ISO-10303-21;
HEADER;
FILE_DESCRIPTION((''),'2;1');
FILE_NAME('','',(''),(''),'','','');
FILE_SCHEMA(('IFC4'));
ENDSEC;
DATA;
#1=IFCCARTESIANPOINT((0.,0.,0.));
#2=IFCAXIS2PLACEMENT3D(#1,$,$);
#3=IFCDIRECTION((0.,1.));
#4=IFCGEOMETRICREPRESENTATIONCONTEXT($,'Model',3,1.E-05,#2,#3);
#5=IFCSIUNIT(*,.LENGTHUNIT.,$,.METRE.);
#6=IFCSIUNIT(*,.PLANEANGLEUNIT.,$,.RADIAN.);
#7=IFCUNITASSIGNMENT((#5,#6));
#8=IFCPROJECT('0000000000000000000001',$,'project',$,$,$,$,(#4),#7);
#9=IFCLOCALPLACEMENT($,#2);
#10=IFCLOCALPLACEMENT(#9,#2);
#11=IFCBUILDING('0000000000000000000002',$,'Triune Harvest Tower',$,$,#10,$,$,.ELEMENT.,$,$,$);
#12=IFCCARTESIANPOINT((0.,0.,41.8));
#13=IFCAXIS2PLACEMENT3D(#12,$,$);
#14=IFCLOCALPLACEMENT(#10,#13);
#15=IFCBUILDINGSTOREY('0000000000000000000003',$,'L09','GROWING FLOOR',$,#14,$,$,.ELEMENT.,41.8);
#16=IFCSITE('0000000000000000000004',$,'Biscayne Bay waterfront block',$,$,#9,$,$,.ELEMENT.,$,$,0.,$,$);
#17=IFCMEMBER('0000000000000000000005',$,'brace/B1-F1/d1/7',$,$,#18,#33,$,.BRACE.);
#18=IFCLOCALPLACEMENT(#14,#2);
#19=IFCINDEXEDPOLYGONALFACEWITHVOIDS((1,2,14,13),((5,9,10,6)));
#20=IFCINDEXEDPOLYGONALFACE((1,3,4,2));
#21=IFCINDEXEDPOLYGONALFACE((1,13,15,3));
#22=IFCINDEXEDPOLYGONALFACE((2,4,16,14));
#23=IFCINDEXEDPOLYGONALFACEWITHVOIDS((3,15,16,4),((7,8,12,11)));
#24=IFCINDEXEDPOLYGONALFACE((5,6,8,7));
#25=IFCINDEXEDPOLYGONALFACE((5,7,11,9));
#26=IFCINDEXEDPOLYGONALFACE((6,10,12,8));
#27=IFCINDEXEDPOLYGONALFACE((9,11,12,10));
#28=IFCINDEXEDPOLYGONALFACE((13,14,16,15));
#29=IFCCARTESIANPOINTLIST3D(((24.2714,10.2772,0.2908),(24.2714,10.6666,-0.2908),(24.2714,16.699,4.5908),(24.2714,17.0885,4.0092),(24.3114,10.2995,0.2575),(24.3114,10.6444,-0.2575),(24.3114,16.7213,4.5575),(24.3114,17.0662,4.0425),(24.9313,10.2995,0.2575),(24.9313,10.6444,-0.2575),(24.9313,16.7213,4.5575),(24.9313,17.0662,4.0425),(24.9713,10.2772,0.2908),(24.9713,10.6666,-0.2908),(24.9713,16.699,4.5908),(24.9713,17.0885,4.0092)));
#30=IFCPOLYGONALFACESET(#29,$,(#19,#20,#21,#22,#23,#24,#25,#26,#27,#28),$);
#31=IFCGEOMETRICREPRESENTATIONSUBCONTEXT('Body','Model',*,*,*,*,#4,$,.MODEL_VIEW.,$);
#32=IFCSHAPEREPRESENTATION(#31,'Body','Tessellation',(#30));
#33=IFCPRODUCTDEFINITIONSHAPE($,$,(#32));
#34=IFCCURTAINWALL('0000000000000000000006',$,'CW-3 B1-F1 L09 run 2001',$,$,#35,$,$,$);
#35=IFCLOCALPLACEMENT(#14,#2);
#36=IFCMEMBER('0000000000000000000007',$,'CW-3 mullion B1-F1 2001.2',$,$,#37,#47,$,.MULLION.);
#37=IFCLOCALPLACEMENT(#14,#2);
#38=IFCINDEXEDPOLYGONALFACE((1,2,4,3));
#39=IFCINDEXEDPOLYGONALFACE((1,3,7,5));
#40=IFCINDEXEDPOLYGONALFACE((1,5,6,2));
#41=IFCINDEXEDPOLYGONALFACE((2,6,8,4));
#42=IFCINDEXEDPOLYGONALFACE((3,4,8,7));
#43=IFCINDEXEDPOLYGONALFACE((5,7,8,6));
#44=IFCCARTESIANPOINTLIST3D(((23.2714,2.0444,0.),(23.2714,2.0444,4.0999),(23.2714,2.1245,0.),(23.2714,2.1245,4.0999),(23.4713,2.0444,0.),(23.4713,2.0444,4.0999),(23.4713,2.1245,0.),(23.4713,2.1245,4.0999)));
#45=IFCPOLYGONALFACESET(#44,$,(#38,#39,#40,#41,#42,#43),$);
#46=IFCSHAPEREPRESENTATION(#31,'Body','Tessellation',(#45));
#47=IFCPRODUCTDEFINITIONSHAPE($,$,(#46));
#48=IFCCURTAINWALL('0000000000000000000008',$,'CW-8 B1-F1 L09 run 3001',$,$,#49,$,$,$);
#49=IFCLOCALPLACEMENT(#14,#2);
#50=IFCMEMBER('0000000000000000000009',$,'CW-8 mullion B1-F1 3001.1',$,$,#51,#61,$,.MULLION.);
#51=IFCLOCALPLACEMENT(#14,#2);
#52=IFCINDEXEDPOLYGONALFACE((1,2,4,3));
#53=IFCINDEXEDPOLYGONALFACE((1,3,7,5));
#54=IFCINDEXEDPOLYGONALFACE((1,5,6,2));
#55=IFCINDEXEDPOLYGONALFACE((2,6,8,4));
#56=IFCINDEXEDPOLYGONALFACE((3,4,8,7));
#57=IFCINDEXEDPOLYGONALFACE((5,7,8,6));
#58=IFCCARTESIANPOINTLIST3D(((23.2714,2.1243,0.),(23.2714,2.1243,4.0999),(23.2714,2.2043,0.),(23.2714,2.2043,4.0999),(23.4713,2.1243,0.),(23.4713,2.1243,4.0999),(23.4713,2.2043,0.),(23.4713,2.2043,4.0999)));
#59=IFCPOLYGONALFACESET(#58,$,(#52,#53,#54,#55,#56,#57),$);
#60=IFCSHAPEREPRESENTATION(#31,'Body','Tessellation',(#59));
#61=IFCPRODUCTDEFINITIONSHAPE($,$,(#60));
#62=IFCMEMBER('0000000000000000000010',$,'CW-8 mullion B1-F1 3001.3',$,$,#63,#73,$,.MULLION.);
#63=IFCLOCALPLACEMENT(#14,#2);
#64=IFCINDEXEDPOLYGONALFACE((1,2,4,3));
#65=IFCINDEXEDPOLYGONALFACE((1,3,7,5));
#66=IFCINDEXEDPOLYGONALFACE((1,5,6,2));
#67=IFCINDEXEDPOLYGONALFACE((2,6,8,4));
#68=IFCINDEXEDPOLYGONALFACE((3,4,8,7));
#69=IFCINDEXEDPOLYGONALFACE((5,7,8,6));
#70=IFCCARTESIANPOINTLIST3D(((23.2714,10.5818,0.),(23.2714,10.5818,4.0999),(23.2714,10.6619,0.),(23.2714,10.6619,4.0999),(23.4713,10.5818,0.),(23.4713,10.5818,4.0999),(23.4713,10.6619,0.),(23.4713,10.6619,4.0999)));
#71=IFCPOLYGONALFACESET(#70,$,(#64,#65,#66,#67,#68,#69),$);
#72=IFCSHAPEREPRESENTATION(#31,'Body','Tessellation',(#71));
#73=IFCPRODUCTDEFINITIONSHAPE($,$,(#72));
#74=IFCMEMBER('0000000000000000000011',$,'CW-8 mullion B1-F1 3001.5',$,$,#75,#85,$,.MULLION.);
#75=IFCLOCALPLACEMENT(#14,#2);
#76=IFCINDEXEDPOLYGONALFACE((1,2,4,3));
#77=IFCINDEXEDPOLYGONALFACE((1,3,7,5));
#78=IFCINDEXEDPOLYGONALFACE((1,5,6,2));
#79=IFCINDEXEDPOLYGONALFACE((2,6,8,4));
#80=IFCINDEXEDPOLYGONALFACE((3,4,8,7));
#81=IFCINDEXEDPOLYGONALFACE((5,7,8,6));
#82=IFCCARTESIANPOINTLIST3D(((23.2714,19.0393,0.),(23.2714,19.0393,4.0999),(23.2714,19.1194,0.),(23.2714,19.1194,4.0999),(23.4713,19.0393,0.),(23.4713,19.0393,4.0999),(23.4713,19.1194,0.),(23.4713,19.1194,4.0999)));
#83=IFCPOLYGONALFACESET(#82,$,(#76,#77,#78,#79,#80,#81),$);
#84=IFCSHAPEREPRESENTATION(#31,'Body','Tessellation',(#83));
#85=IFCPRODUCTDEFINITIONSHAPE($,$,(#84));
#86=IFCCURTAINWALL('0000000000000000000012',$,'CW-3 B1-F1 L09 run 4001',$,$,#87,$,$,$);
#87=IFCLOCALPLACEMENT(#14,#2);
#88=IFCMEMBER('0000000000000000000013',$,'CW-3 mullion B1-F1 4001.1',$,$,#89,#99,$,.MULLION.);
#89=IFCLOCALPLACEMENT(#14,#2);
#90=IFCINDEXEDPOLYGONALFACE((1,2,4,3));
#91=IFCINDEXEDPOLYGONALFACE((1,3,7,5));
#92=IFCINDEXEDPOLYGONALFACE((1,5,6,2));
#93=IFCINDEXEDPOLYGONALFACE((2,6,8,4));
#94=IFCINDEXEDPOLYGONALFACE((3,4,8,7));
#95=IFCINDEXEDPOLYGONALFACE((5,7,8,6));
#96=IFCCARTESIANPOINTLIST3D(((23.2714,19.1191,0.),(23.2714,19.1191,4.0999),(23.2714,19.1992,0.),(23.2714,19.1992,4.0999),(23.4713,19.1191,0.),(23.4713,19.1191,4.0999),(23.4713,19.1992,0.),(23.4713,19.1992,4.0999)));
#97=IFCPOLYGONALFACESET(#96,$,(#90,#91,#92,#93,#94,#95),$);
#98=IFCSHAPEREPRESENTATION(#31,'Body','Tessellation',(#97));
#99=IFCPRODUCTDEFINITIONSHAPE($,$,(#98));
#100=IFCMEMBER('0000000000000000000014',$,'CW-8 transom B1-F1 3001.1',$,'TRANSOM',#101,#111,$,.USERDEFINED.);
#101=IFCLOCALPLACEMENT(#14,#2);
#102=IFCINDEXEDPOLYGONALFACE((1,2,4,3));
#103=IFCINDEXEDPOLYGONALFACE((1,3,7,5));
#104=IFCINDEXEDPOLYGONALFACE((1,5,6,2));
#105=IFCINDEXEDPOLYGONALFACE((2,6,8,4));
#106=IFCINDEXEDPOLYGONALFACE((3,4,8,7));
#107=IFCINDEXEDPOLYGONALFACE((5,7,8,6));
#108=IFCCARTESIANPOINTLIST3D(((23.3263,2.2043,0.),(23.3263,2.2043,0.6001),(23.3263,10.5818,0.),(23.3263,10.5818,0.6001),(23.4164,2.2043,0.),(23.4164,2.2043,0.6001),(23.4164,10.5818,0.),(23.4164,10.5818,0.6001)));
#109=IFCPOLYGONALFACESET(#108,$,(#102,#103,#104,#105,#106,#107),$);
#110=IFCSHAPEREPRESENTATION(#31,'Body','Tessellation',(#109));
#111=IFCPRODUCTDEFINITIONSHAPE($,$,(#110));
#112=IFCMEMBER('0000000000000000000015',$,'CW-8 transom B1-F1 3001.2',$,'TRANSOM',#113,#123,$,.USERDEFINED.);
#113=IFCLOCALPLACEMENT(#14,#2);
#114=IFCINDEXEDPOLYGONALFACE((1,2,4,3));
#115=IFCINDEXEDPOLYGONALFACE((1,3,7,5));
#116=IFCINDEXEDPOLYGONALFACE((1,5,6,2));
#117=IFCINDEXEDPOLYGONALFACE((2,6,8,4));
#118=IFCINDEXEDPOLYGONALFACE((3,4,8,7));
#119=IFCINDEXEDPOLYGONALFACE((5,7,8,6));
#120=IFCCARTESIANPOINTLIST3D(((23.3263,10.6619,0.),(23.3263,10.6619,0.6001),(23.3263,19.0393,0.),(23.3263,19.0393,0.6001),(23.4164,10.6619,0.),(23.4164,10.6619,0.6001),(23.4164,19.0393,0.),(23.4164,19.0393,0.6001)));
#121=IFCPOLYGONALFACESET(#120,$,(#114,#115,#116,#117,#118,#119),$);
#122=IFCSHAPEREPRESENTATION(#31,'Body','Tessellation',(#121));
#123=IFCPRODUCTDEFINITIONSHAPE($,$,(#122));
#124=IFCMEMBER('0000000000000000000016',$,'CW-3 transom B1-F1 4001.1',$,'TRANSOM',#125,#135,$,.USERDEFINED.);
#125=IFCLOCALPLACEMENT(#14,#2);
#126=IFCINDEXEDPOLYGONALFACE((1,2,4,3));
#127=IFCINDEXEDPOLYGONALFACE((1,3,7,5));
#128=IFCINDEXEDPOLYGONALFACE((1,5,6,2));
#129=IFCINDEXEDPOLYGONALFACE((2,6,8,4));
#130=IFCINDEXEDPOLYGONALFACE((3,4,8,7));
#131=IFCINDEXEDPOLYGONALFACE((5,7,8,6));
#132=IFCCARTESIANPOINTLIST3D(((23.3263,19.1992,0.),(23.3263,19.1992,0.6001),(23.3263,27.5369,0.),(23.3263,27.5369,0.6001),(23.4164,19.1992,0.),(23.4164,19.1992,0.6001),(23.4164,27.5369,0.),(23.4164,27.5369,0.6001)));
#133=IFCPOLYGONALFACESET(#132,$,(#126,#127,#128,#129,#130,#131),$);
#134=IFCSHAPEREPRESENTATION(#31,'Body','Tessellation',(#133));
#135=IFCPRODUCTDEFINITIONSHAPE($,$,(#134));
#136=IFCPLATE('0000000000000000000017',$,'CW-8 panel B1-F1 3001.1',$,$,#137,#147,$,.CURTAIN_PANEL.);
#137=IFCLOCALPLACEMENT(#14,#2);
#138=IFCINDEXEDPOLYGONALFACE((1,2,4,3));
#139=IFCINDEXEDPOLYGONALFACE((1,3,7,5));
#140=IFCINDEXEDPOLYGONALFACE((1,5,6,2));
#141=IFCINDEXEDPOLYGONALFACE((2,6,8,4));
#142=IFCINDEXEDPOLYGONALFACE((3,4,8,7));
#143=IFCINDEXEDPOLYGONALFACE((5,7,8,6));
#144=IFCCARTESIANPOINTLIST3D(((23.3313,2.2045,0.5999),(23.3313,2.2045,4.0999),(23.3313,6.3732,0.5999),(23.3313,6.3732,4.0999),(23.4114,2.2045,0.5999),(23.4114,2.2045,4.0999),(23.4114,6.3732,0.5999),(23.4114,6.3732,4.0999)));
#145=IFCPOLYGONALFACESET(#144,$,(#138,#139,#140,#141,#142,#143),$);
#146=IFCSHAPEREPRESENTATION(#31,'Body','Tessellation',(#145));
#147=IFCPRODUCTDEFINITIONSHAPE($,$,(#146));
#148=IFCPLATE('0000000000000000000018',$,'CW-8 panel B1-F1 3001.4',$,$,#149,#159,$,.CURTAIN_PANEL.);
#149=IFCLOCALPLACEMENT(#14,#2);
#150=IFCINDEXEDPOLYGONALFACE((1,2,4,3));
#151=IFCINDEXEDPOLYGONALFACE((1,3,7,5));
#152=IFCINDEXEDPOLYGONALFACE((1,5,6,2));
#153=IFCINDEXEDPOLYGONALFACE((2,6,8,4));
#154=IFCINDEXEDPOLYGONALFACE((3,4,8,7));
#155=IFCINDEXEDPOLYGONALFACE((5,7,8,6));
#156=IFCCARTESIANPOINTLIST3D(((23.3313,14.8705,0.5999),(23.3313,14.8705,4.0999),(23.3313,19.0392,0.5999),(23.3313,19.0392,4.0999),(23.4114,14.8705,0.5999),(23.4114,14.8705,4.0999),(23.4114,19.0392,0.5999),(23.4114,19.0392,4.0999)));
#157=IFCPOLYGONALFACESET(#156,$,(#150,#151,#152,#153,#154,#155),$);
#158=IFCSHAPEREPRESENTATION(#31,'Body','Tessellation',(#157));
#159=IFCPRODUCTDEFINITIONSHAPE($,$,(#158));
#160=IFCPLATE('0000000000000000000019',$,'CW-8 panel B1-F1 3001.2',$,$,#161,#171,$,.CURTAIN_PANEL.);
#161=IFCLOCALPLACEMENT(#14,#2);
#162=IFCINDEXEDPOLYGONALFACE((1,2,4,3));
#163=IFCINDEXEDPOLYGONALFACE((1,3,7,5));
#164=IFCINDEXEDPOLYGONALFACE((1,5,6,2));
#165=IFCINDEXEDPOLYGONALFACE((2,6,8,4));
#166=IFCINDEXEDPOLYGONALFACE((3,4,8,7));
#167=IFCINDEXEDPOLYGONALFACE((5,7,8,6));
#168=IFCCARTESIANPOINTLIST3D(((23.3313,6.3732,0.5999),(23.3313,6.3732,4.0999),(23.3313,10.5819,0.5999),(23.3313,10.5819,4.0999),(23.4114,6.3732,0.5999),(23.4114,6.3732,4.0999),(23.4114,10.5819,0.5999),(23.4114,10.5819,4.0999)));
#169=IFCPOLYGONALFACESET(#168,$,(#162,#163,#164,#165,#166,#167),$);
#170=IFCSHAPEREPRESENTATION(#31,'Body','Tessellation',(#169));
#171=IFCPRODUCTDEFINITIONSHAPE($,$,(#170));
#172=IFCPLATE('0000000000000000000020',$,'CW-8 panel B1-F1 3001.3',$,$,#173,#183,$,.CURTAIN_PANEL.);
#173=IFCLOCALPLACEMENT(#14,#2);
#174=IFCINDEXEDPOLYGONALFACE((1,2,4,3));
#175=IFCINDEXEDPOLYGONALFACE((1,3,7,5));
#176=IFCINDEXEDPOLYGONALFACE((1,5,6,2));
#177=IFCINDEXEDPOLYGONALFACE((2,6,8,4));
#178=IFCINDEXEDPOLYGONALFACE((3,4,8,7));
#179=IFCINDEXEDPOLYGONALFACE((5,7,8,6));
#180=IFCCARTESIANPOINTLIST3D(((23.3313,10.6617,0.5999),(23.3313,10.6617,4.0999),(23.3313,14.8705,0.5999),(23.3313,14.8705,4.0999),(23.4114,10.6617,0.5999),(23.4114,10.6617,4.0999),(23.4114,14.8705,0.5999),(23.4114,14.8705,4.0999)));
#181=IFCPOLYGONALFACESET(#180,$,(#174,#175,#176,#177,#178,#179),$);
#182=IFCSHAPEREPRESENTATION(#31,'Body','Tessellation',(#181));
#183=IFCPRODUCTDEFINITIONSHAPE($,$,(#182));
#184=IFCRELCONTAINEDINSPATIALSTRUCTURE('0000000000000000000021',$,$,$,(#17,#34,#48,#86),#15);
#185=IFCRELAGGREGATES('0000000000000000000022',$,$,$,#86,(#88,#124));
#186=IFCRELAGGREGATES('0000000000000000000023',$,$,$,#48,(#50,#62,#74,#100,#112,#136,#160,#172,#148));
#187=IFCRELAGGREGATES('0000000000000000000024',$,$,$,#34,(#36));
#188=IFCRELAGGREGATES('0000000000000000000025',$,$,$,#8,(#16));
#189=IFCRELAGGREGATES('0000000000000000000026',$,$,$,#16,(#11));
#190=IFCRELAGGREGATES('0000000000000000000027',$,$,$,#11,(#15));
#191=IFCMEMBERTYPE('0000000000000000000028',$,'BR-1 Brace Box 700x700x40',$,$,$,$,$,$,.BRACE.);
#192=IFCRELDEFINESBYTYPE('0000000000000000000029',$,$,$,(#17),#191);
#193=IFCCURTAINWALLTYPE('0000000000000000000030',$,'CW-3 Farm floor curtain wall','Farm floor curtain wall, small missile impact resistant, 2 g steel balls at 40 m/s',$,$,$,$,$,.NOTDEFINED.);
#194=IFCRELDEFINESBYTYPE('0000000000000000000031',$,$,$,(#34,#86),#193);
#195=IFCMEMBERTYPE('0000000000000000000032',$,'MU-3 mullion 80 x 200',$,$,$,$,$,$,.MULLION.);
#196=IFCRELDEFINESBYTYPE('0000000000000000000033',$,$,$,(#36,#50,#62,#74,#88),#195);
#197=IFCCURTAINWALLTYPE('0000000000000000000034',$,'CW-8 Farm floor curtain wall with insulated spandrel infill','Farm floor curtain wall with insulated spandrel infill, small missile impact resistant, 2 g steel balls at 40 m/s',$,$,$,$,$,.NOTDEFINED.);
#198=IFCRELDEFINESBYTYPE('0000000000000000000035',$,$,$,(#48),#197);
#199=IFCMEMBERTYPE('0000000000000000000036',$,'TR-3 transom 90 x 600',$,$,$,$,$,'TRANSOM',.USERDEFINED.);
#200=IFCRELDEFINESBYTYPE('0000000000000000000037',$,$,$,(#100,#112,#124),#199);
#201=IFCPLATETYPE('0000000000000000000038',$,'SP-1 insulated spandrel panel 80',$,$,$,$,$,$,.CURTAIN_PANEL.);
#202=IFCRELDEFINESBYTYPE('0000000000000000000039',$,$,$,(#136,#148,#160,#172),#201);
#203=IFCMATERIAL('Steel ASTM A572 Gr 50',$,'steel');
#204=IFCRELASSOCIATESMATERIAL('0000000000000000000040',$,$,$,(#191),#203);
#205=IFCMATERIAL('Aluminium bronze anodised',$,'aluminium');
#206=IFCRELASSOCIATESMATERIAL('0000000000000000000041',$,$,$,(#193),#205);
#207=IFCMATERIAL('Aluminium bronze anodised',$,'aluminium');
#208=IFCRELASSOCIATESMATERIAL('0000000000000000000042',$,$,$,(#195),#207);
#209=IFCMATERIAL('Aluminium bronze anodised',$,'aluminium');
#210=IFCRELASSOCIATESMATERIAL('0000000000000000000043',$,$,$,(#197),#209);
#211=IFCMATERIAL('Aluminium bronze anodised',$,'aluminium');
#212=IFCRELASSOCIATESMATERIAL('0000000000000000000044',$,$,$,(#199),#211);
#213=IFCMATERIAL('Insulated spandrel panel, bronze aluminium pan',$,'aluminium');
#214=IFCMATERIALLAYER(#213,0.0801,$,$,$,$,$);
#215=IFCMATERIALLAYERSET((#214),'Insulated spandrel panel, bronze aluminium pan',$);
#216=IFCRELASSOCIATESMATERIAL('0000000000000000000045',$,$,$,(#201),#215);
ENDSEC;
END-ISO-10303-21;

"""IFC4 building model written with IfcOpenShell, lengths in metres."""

from ifc_helpers import new_model, si_unit, direction, frame, origin, origin_2d, place, context, subcontext, project, spatial, rectangle, hollow_rectangle, extrude, source, transform, mapped, material, layer, layer_set, material_profile, profile_set, type_object, element, aggregate, save


model = new_model("IFC4")

# Units and contexts
model_context = context("Model", 3, precision=1e-05, world=origin(), true_north=direction((0.0, 1.0)))
body_context = subcontext(model_context, "Body", "Model", "MODEL_VIEW")
ifc_project = project(units=[si_unit("LENGTHUNIT", "METRE"), si_unit("PLANEANGLEUNIT", "RADIAN")], contexts=[model_context])

# Site, building, storey
site_placement = place(None, origin())
site = spatial("IfcSite", under=ifc_project, at=site_placement, Name="Biscayne Bay waterfront block", CompositionType="ELEMENT", RefElevation=0.0)
building_placement = place(site_placement, origin())
building = spatial("IfcBuilding", under=site, at=building_placement, Name="Triune Harvest Tower", CompositionType="ELEMENT")
storey_placement = place(building_placement, frame((0.0, 0.0, 41.8)))
storey = spatial("IfcBuildingStorey", under=building, at=storey_placement, Name="L09", Description="GROWING FLOOR", CompositionType="ELEMENT", Elevation=41.8)

# Member
ifc_material_1 = material(Name="Steel ASTM A572 Gr 50", Category="steel")
ifc_material_profile_1 = material_profile(ifc_material_1, hollow_rectangle(XDim=0.7, YDim=0.7, WallThickness=0.04, at=origin_2d()), Name="Box 700x700x40")
ifc_profile_set_1 = profile_set([ifc_material_profile_1], Name="Steel ASTM A572 Gr 50")
member_type_1 = type_object("IfcMemberType", Name="BR-1 Brace Box 700x700x40", PredefinedType="BRACE", material=ifc_profile_set_1)
shared_shape_1 = source(origin(), body_context, "Body", "SweptSolid", [
    extrude(hollow_rectangle(XDim=0.7, YDim=0.7, WallThickness=0.04, at=origin_2d()), origin(), (0.0, 0.0, 1.0), 7.7285),
])
member_1_placement = place(storey_placement, frame((24.6213, 10.4719, 0.0), z_axis=(0.0, 0.830926, 0.556383), x_axis=(-1.0, 0.0, 0.0)))
element("IfcMember", 1, at=member_1_placement, inside=storey, type_object=member_type_1, Name="brace/B1-F1/d1/7", PredefinedType="BRACE", context=body_context, shape_type="MappedRepresentation", body=[
    mapped(shared_shape_1, transform((0.0, 0.0, 0.0), scale=1.0)),
])

# Curtain wall, member
ifc_material_2 = material(Name="Aluminium bronze anodised", Category="aluminium")
curtain_wall_type_1 = type_object("IfcCurtainWallType", Name="CW-3 Farm floor curtain wall", Description="Farm floor curtain wall, small missile impact resistant, 2 g steel balls at 40 m/s", PredefinedType="NOTDEFINED", material=ifc_material_2)
curtain_wall_1_placement = place(storey_placement, origin())
curtain_wall_1 = element("IfcCurtainWall", 2, at=curtain_wall_1_placement, inside=storey, type_object=curtain_wall_type_1, Name="CW-3 B1-F1 L09 run 2001")
ifc_material_3 = material(Name="Aluminium bronze anodised", Category="aluminium")
ifc_material_profile_2 = material_profile(ifc_material_3, rectangle(XDim=0.2, YDim=0.0801, at=origin_2d()), Name="MU-3 mullion 80 x 200")
ifc_profile_set_2 = profile_set([ifc_material_profile_2], Name="Aluminium bronze anodised")
member_type_2 = type_object("IfcMemberType", Name="MU-3 mullion 80 x 200", PredefinedType="MULLION", material=ifc_profile_set_2)
shared_shape_2 = source(origin(), body_context, "Body", "SweptSolid", [
    extrude(rectangle(XDim=0.2, YDim=0.0801, at=origin_2d()), origin(), (0.0, 0.0, 1.0), 4.0999),
])
member_2_placement = place(storey_placement, frame((23.3713, 2.0845, 0.0), z_axis=(0.0, 0.0, 1.0), x_axis=(-1.0, 0.0, 0.0)))
member_2 = element("IfcMember", 3, at=member_2_placement, type_object=member_type_2, Name="CW-3 mullion B1-F1 2001.2", PredefinedType="MULLION", context=body_context, shape_type="MappedRepresentation", body=[
    mapped(shared_shape_2, transform((0.0, 0.0, 0.0), scale=1.0)),
])

# Curtain wall, members
ifc_material_4 = material(Name="Aluminium bronze anodised", Category="aluminium")
curtain_wall_type_2 = type_object("IfcCurtainWallType", Name="CW-8 Farm floor curtain wall with insulated spandrel infill", Description="Farm floor curtain wall with insulated spandrel infill, small missile impact resistant, 2 g steel balls at 40 m/s", PredefinedType="NOTDEFINED", material=ifc_material_4)
curtain_wall_2_placement = place(storey_placement, origin())
curtain_wall_2 = element("IfcCurtainWall", 4, at=curtain_wall_2_placement, inside=storey, type_object=curtain_wall_type_2, Name="CW-8 B1-F1 L09 run 3001")
member_3_placement = place(storey_placement, frame((23.3713, 2.1643, 0.0), z_axis=(0.0, 0.0, 1.0), x_axis=(-1.0, 0.0, 0.0)))
member_3 = element("IfcMember", 5, at=member_3_placement, type_object=member_type_2, Name="CW-8 mullion B1-F1 3001.1", PredefinedType="MULLION", context=body_context, shape_type="MappedRepresentation", body=[
    mapped(shared_shape_2, transform((0.0, 0.0, 0.0), scale=1.0)),
])
member_4_placement = place(storey_placement, frame((23.3713, 10.6218, 0.0), z_axis=(0.0, 0.0, 1.0), x_axis=(-1.0, 0.0, 0.0)))
member_4 = element("IfcMember", 6, at=member_4_placement, type_object=member_type_2, Name="CW-8 mullion B1-F1 3001.3", PredefinedType="MULLION", context=body_context, shape_type="MappedRepresentation", body=[
    mapped(shared_shape_2, transform((0.0, 0.0, 0.0), scale=1.0)),
])
member_5_placement = place(storey_placement, frame((23.3713, 19.0793, 0.0), z_axis=(0.0, 0.0, 1.0), x_axis=(-1.0, 0.0, 0.0)))
member_5 = element("IfcMember", 7, at=member_5_placement, type_object=member_type_2, Name="CW-8 mullion B1-F1 3001.5", PredefinedType="MULLION", context=body_context, shape_type="MappedRepresentation", body=[
    mapped(shared_shape_2, transform((0.0, 0.0, 0.0), scale=1.0)),
])

# Curtain wall, member
curtain_wall_3_placement = place(storey_placement, origin())
curtain_wall_3 = element("IfcCurtainWall", 8, at=curtain_wall_3_placement, inside=storey, type_object=curtain_wall_type_1, Name="CW-3 B1-F1 L09 run 4001")
member_6_placement = place(storey_placement, frame((23.3713, 19.1592, 0.0), z_axis=(0.0, 0.0, 1.0), x_axis=(-1.0, 0.0, 0.0)))
member_6 = element("IfcMember", 9, at=member_6_placement, type_object=member_type_2, Name="CW-3 mullion B1-F1 4001.1", PredefinedType="MULLION", context=body_context, shape_type="MappedRepresentation", body=[
    mapped(shared_shape_2, transform((0.0, 0.0, 0.0), scale=1.0)),
])

# Members
ifc_material_5 = material(Name="Aluminium bronze anodised", Category="aluminium")
ifc_material_profile_3 = material_profile(ifc_material_5, rectangle(XDim=0.0901, YDim=0.6001, at=origin_2d()), Name="TR-3 transom 90 x 600")
ifc_profile_set_3 = profile_set([ifc_material_profile_3], Name="Aluminium bronze anodised")
member_type_3 = type_object("IfcMemberType", Name="TR-3 transom 90 x 600", ElementType="TRANSOM", PredefinedType="USERDEFINED", material=ifc_profile_set_3)
shared_shape_3 = source(origin(), body_context, "Body", "SweptSolid", [
    extrude(rectangle(XDim=0.0901, YDim=0.6001, at=origin_2d()), origin(), (0.0, 0.0, 1.0), 8.3774),
])
member_7_placement = place(storey_placement, frame((23.3713, 2.2043, 0.3), z_axis=(0.0, 1.0, 0.0), x_axis=(-1.0, 0.0, 0.0)))
member_7 = element("IfcMember", 10, at=member_7_placement, type_object=member_type_3, Name="CW-8 transom B1-F1 3001.1", ObjectType="TRANSOM", PredefinedType="USERDEFINED", context=body_context, shape_type="MappedRepresentation", body=[
    mapped(shared_shape_3, transform((0.0, 0.0, 0.0), scale=1.0)),
])
member_8_placement = place(storey_placement, frame((23.3713, 10.6619, 0.3), z_axis=(0.0, 1.0, 0.0), x_axis=(-1.0, 0.0, 0.0)))
member_8 = element("IfcMember", 11, at=member_8_placement, type_object=member_type_3, Name="CW-8 transom B1-F1 3001.2", ObjectType="TRANSOM", PredefinedType="USERDEFINED", context=body_context, shape_type="MappedRepresentation", body=[
    mapped(shared_shape_3, transform((0.0, 0.0, 0.0), scale=1.0)),
])
shared_shape_4 = source(origin(), body_context, "Body", "SweptSolid", [
    extrude(rectangle(XDim=0.0901, YDim=0.6001, at=origin_2d()), origin(), (0.0, 0.0, 1.0), 8.3376),
])
member_9_placement = place(storey_placement, frame((23.3713, 19.1992, 0.3), z_axis=(0.0, 1.0, 0.0), x_axis=(-1.0, 0.0, 0.0)))
member_9 = element("IfcMember", 12, at=member_9_placement, type_object=member_type_3, Name="CW-3 transom B1-F1 4001.1", ObjectType="TRANSOM", PredefinedType="USERDEFINED", context=body_context, shape_type="MappedRepresentation", body=[
    mapped(shared_shape_4, transform((0.0, 0.0, 0.0), scale=1.0)),
])
aggregate(curtain_wall_3, [member_6, member_9])

# Plates
ifc_material_6 = material(Name="Insulated spandrel panel, bronze aluminium pan", Category="aluminium")
ifc_layer_1 = layer(ifc_material_6, 0.0801)
ifc_layer_set_1 = layer_set([ifc_layer_1], Name="Insulated spandrel panel, bronze aluminium pan")
plate_type_1 = type_object("IfcPlateType", Name="SP-1 insulated spandrel panel 80", PredefinedType="CURTAIN_PANEL", material=ifc_layer_set_1)
shared_shape_5 = source(origin(), body_context, "Body", "SweptSolid", [
    extrude(rectangle(XDim=4.1687, YDim=0.0801, at=origin_2d()), origin(), (0.0, 0.0, 1.0), 3.5),
])
plate_1_placement = place(storey_placement, frame((23.3713, 4.2888, 0.5999), z_axis=(0.0, 0.0, 1.0), x_axis=(0.0, 1.0, 0.0)))
plate_1 = element("IfcPlate", 13, at=plate_1_placement, type_object=plate_type_1, Name="CW-8 panel B1-F1 3001.1", PredefinedType="CURTAIN_PANEL", context=body_context, shape_type="MappedRepresentation", body=[
    mapped(shared_shape_5, transform((0.0, 0.0, 0.0), scale=1.0)),
])
plate_2_placement = place(storey_placement, frame((23.3713, 16.9548, 0.5999), z_axis=(0.0, 0.0, 1.0), x_axis=(0.0, 1.0, 0.0)))
plate_2 = element("IfcPlate", 14, at=plate_2_placement, type_object=plate_type_1, Name="CW-8 panel B1-F1 3001.4", PredefinedType="CURTAIN_PANEL", context=body_context, shape_type="MappedRepresentation", body=[
    mapped(shared_shape_5, transform((0.0, 0.0, 0.0), scale=1.0)),
])
shared_shape_6 = source(origin(), body_context, "Body", "SweptSolid", [
    extrude(rectangle(XDim=4.2087, YDim=0.0801, at=origin_2d()), origin(), (0.0, 0.0, 1.0), 3.5),
])
plate_3_placement = place(storey_placement, frame((23.3713, 8.4775, 0.5999), z_axis=(0.0, 0.0, 1.0), x_axis=(0.0, 1.0, 0.0)))
plate_3 = element("IfcPlate", 15, at=plate_3_placement, type_object=plate_type_1, Name="CW-8 panel B1-F1 3001.2", PredefinedType="CURTAIN_PANEL", context=body_context, shape_type="MappedRepresentation", body=[
    mapped(shared_shape_6, transform((0.0, 0.0, 0.0), scale=1.0)),
])
plate_4_placement = place(storey_placement, frame((23.3713, 12.7661, 0.5999), z_axis=(0.0, 0.0, 1.0), x_axis=(0.0, 1.0, 0.0)))
plate_4 = element("IfcPlate", 16, at=plate_4_placement, type_object=plate_type_1, Name="CW-8 panel B1-F1 3001.3", PredefinedType="CURTAIN_PANEL", context=body_context, shape_type="MappedRepresentation", body=[
    mapped(shared_shape_6, transform((0.0, 0.0, 0.0), scale=1.0)),
])
aggregate(curtain_wall_2, [member_3, member_4, member_5, member_7, member_8, plate_1, plate_3, plate_4, plate_2])
aggregate(curtain_wall_1, [member_2])

save(model, "model.ifc")
